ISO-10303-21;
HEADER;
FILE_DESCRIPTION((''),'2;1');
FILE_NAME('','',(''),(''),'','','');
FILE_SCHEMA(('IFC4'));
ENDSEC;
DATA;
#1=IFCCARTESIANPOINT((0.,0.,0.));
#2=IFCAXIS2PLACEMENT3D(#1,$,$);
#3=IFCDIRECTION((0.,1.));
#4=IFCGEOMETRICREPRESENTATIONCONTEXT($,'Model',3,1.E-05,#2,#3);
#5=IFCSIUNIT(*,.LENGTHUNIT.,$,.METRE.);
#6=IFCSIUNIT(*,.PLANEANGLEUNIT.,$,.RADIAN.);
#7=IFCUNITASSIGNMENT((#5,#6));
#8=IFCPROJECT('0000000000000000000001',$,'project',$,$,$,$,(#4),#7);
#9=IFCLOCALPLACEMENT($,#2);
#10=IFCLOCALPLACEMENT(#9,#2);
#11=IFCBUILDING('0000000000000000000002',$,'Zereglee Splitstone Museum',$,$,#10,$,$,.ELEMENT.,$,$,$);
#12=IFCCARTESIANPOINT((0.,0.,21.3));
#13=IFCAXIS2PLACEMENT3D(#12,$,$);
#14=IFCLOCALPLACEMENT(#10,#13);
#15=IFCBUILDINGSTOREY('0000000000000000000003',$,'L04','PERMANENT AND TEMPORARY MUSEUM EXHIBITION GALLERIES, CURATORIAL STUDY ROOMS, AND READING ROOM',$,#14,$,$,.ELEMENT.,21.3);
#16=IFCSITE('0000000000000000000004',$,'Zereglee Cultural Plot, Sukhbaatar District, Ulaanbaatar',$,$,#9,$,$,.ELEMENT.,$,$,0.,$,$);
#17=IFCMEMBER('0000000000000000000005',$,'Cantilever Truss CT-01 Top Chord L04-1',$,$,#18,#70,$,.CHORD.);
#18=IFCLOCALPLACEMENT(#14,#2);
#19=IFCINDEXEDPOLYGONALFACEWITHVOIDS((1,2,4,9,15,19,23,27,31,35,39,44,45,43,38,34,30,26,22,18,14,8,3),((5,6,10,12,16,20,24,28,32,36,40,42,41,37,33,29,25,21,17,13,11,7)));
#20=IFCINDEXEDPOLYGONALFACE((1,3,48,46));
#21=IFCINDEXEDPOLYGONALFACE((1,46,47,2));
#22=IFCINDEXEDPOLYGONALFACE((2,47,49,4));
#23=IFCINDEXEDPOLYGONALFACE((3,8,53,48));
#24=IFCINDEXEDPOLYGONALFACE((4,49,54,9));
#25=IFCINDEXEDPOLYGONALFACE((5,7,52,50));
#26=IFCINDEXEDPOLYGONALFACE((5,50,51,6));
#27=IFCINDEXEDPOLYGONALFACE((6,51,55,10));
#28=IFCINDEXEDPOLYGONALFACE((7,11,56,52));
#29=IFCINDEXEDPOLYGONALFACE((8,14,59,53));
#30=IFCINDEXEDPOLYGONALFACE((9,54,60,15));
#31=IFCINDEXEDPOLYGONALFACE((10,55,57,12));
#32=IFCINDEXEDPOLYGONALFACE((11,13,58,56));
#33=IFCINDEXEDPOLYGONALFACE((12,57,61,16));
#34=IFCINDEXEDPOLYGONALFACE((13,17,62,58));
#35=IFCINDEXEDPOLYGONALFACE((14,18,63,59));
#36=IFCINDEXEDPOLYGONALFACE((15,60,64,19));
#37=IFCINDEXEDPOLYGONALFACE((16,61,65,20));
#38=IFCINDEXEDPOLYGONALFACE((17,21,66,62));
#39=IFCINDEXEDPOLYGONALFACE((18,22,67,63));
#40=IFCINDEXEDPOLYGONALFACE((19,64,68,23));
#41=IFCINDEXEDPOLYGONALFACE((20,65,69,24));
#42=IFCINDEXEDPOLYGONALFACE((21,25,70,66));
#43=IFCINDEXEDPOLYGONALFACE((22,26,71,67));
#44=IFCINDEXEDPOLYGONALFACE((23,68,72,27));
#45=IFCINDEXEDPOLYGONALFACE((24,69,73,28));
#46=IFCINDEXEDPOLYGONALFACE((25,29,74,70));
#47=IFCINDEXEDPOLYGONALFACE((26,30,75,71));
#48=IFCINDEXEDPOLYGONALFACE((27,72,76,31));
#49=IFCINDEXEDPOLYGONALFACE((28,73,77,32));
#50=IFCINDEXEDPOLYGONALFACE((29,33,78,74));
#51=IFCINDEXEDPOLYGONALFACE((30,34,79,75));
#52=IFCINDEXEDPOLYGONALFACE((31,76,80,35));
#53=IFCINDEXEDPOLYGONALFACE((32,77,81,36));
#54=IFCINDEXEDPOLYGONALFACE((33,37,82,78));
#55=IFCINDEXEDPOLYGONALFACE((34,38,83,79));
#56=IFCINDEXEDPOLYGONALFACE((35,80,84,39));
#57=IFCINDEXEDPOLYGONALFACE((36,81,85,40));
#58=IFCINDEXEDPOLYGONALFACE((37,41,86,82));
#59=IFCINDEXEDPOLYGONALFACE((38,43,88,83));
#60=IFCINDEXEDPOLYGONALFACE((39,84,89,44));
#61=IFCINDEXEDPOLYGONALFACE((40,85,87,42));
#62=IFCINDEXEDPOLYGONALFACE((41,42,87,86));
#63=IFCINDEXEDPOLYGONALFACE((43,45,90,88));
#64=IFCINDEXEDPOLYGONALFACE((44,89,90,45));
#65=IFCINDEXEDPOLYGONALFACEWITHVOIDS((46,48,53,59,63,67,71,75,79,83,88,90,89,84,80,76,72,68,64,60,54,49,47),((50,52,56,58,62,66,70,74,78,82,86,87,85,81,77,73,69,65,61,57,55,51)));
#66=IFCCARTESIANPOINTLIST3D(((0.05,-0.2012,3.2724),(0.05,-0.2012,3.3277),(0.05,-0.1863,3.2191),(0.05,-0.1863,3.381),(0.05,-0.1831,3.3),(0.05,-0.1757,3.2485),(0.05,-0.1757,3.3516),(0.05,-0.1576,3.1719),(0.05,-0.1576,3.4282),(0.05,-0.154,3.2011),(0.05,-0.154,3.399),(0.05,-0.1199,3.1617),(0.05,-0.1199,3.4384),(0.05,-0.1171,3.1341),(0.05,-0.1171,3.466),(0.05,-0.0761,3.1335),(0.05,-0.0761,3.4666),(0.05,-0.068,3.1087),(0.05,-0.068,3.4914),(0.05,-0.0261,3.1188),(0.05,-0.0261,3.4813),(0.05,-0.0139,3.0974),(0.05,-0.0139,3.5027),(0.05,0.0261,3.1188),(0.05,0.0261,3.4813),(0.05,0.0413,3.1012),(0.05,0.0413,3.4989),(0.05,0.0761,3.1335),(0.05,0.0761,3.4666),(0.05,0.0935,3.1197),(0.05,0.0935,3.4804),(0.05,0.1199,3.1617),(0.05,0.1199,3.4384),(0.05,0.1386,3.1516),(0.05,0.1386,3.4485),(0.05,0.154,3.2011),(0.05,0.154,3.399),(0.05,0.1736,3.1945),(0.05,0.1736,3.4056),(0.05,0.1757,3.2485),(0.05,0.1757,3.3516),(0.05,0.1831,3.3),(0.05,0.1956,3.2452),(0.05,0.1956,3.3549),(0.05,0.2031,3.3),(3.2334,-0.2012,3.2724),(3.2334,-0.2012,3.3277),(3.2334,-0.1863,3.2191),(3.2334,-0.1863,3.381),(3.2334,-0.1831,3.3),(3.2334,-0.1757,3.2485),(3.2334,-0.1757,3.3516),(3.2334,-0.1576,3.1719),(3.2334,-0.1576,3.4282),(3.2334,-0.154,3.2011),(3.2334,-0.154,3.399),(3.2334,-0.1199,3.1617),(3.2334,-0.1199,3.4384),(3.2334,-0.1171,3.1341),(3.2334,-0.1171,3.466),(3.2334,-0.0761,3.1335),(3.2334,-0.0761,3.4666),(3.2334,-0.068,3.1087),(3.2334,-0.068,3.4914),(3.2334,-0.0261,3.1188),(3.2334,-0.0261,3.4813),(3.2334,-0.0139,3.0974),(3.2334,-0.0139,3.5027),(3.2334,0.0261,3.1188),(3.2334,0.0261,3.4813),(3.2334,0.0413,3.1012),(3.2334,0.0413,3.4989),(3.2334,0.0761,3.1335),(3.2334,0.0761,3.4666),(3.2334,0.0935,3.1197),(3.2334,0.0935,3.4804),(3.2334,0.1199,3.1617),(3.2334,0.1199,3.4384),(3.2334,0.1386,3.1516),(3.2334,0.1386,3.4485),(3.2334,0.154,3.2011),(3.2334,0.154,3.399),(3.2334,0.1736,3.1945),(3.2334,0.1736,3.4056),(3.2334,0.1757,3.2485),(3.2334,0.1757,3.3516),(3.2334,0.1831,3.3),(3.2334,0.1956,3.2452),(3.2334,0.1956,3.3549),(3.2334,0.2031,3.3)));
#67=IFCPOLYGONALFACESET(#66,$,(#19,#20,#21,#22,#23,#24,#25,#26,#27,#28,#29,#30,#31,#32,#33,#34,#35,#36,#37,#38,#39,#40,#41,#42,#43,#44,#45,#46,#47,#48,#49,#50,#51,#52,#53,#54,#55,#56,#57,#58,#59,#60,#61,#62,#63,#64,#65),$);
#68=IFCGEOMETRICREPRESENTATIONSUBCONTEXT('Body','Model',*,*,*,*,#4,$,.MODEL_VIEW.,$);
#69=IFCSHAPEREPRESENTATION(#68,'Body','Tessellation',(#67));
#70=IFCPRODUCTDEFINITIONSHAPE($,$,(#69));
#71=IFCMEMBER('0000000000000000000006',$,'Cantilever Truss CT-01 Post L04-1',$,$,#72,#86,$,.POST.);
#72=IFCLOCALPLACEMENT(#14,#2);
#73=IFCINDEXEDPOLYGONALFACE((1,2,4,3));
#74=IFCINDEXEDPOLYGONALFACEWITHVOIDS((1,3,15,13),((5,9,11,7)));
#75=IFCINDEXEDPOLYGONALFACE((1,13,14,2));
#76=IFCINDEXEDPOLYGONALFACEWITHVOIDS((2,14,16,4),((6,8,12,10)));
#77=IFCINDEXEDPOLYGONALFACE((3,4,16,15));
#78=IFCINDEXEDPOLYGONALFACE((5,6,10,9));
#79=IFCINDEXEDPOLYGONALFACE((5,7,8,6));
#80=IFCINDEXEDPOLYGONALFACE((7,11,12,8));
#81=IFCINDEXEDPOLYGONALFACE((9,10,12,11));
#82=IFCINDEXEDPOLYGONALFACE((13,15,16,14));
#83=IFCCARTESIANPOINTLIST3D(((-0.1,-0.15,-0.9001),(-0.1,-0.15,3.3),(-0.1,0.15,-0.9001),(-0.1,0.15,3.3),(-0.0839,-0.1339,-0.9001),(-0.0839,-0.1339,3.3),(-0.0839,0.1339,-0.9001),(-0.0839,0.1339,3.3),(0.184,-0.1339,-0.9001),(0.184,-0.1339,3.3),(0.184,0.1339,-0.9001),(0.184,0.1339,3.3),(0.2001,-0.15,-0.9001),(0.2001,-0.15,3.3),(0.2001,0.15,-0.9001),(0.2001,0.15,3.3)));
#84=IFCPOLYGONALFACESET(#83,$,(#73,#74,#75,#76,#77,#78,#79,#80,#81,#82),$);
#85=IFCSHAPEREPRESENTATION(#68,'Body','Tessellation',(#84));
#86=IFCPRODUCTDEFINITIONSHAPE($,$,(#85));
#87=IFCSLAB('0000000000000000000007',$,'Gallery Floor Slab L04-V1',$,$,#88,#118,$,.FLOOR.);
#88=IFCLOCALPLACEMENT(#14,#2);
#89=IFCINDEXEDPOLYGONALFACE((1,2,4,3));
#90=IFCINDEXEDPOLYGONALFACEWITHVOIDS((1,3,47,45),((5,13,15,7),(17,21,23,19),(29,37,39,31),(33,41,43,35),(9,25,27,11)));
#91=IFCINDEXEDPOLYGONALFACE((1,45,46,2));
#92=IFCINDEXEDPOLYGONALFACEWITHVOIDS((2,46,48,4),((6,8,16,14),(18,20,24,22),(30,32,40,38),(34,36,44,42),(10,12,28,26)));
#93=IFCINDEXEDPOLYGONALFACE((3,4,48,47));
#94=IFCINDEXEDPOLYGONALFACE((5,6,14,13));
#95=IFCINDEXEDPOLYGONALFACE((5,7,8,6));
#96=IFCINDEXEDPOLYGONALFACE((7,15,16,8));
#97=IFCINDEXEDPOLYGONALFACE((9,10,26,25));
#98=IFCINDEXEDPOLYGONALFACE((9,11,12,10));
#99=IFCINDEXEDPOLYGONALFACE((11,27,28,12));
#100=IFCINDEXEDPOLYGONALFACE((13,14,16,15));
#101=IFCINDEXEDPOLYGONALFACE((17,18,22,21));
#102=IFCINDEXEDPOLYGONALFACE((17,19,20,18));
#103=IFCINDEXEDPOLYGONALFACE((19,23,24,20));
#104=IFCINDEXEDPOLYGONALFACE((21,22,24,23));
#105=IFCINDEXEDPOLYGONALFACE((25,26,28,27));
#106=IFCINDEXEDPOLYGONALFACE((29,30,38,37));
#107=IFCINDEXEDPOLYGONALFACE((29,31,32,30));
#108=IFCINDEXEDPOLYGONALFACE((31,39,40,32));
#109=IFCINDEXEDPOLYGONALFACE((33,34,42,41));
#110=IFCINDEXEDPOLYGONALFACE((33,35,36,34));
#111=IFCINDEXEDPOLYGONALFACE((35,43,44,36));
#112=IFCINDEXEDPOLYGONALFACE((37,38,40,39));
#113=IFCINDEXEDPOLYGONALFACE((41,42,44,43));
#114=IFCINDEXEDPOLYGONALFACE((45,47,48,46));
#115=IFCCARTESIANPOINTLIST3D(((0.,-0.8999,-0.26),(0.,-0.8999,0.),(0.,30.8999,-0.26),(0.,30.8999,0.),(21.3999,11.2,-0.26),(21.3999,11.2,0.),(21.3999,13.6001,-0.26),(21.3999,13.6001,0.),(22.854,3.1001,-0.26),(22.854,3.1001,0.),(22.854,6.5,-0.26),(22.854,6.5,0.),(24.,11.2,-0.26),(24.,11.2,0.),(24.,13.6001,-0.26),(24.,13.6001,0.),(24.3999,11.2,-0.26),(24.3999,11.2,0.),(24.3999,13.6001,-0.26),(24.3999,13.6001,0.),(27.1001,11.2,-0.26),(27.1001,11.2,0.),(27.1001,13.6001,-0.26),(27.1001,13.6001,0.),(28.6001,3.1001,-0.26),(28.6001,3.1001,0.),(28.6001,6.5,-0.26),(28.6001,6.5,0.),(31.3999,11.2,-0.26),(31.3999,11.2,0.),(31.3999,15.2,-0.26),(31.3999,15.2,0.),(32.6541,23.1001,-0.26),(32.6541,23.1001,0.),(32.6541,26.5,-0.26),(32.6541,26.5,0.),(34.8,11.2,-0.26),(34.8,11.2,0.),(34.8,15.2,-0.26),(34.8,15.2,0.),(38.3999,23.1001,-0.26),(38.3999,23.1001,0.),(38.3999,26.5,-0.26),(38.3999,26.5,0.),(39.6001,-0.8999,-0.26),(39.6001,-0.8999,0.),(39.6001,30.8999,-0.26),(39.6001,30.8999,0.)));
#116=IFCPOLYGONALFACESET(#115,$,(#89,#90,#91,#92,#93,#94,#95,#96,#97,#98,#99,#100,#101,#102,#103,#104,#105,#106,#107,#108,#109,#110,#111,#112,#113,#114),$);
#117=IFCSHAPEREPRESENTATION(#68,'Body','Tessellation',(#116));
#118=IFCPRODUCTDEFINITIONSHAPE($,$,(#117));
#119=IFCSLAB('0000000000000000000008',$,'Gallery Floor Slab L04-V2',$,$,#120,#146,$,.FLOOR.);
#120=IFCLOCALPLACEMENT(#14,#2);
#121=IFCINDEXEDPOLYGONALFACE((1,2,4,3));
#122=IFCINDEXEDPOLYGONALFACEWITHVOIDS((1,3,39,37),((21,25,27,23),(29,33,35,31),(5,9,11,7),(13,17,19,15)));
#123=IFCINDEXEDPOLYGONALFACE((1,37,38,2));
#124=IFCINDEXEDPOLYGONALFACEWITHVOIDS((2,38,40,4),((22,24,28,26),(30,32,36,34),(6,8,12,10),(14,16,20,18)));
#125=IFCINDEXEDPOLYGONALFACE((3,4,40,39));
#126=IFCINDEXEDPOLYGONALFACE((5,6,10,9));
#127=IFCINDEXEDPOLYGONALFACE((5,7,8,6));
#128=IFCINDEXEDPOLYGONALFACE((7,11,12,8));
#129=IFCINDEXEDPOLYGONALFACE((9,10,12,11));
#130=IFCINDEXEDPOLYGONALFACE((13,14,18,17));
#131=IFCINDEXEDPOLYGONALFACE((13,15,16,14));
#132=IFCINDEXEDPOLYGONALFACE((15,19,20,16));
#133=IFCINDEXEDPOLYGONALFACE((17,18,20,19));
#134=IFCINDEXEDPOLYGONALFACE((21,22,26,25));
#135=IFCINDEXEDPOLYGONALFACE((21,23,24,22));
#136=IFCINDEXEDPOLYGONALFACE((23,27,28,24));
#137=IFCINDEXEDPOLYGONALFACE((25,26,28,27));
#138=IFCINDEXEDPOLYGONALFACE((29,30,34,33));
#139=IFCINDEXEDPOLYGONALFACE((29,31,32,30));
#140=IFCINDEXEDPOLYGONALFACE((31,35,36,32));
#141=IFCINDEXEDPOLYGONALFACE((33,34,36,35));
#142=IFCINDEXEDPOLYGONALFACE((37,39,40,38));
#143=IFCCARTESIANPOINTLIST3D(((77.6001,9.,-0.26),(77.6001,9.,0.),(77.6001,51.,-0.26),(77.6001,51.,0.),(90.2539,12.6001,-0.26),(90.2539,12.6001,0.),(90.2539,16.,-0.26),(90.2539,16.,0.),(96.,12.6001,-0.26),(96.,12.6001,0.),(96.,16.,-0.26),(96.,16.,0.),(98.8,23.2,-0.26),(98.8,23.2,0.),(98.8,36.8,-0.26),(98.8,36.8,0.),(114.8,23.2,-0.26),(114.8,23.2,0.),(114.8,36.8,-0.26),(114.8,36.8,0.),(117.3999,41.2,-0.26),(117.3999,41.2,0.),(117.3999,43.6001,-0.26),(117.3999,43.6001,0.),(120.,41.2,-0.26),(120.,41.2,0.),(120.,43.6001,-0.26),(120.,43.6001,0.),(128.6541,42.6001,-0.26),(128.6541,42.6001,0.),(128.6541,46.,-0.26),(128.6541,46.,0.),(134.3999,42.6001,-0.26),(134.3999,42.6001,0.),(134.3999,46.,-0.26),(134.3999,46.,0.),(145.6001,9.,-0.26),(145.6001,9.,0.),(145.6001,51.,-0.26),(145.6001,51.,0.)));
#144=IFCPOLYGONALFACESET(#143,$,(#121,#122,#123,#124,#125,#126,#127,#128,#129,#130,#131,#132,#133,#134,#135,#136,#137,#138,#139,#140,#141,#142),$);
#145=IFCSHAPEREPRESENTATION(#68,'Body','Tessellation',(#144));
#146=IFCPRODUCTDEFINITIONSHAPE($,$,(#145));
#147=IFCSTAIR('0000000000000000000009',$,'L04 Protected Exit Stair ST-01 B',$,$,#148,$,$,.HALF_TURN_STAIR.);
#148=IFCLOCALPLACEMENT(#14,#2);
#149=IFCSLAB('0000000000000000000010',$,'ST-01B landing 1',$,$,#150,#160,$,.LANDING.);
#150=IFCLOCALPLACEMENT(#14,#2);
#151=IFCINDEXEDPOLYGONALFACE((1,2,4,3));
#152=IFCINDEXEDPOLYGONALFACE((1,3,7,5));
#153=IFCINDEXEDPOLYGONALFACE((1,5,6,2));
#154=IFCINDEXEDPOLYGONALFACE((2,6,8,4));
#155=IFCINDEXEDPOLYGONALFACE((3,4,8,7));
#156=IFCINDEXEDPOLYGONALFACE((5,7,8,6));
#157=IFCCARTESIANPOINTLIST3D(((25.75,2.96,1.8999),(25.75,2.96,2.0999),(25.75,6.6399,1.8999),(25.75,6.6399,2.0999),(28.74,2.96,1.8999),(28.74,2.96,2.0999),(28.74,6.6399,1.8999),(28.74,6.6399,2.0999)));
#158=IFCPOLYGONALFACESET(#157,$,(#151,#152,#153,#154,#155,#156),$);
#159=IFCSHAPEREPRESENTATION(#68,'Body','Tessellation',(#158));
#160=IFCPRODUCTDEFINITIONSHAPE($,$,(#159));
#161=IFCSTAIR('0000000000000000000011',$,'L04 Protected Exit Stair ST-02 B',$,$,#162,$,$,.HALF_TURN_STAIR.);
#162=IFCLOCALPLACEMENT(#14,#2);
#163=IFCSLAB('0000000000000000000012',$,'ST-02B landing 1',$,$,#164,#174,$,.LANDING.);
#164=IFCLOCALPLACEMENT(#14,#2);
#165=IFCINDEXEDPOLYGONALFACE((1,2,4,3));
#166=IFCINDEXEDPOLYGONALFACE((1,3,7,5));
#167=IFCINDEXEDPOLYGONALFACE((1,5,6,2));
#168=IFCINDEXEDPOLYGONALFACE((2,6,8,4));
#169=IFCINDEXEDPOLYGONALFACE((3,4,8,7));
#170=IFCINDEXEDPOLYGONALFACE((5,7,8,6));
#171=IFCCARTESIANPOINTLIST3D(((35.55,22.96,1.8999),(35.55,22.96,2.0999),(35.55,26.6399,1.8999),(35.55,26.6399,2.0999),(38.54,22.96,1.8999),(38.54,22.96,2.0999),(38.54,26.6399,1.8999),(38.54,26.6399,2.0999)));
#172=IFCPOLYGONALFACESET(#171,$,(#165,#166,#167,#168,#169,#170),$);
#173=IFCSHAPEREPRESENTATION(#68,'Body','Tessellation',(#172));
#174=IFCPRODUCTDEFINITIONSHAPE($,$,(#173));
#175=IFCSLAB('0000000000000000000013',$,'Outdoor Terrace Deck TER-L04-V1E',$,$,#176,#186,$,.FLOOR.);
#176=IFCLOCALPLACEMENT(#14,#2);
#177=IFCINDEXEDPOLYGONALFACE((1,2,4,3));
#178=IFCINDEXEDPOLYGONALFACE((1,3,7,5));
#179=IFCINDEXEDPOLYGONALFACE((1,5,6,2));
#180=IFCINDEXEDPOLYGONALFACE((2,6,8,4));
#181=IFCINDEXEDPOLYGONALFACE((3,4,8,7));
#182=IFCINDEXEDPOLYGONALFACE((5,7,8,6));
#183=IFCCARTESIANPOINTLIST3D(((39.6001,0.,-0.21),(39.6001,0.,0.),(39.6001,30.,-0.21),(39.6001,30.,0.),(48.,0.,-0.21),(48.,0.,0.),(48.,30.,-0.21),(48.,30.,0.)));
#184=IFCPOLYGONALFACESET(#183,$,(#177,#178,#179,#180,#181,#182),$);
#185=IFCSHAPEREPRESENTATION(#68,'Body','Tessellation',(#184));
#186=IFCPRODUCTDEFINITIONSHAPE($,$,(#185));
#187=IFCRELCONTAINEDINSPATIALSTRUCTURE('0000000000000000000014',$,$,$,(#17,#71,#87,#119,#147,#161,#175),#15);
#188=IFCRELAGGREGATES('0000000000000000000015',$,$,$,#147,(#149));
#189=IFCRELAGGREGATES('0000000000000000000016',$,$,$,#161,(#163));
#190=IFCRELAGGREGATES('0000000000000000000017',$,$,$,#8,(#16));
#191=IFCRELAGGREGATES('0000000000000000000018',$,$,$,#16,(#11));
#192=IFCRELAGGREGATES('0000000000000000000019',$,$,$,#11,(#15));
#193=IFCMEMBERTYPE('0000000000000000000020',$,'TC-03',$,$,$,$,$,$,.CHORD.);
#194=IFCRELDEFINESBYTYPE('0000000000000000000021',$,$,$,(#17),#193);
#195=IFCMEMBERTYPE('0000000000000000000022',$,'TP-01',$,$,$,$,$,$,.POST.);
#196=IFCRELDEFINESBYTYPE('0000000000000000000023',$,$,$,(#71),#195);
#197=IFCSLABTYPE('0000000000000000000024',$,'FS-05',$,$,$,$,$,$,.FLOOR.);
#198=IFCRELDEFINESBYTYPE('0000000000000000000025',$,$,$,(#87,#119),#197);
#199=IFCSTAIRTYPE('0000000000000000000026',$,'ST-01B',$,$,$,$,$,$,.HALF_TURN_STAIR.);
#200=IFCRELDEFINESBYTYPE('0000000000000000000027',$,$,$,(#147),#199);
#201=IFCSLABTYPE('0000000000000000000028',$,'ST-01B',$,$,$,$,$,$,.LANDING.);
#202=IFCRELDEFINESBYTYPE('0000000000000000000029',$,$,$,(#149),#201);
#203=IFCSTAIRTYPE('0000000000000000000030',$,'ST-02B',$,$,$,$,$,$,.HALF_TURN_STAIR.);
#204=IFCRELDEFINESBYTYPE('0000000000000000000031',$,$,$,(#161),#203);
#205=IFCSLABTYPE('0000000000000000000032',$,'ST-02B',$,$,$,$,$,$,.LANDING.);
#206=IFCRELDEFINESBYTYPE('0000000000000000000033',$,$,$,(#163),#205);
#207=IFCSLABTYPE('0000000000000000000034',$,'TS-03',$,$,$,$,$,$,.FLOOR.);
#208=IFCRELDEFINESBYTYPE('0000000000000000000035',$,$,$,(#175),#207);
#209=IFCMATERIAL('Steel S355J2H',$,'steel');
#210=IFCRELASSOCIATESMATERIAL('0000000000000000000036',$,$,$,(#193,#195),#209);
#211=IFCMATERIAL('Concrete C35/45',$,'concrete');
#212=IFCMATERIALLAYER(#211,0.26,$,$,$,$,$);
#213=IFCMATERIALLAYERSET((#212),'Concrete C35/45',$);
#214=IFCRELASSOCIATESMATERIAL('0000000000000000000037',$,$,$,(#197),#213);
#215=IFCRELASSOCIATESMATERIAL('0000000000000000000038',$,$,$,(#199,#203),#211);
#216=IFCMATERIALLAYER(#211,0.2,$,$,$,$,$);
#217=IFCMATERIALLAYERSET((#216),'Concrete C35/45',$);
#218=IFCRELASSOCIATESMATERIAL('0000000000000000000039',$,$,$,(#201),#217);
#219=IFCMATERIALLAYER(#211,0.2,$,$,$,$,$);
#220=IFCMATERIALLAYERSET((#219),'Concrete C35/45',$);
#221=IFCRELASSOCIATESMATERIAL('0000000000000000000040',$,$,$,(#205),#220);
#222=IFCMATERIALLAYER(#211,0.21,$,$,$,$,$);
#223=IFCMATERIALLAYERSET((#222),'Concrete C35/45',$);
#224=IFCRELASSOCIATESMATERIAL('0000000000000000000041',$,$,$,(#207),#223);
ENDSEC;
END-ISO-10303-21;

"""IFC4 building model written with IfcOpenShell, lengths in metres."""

from ifc_helpers import new_model, si_unit, direction, frame, origin, origin_2d, place, context, subcontext, project, spatial, polyline, hollow_rectangle, hollow_circle, outline, extrude, material, layer, layer_set, material_profile, profile_set, type_object, element, aggregate, save


model = new_model("IFC4")

# Units and contexts
model_context = context("Model", 3, precision=1e-05, world=origin(), true_north=direction((0.0, 1.0)))
body_context = subcontext(model_context, "Body", "Model", "MODEL_VIEW")
ifc_project = project(units=[si_unit("LENGTHUNIT", "METRE"), si_unit("PLANEANGLEUNIT", "RADIAN")], contexts=[model_context])

# Site, building, storey
site_placement = place(None, origin())
site = spatial("IfcSite", under=ifc_project, at=site_placement, Name="Zereglee Cultural Plot, Sukhbaatar District, Ulaanbaatar", CompositionType="ELEMENT", RefElevation=0.0)
building_placement = place(site_placement, origin())
building = spatial("IfcBuilding", under=site, at=building_placement, Name="Zereglee Splitstone Museum", CompositionType="ELEMENT")
storey_placement = place(building_placement, frame((0.0, 0.0, 21.3)))
storey = spatial("IfcBuildingStorey", under=building, at=storey_placement, Name="L04", Description="PERMANENT AND TEMPORARY MUSEUM EXHIBITION GALLERIES, CURATORIAL STUDY ROOMS, AND READING ROOM", CompositionType="ELEMENT", Elevation=21.3)

# Members
ifc_material_1 = material(Name="Steel S355J2H", Category="steel")
ifc_material_profile_1 = material_profile(ifc_material_1, hollow_circle(Radius=0.2031, WallThickness=0.02, at=origin_2d()), Name="CHS 406.4x20")
ifc_profile_set_1 = profile_set([ifc_material_profile_1], Name="Steel S355J2H")
member_type_1 = type_object("IfcMemberType", Name="TC-03", PredefinedType="CHORD", material=ifc_profile_set_1)
member_1_placement = place(storey_placement, frame((0.05, 0.0, 3.3), z_axis=(1.0, 0.0, 0.0), x_axis=(0.0, 1.0, 0.0)))
element("IfcMember", 1, at=member_1_placement, inside=storey, type_object=member_type_1, Name="Cantilever Truss CT-01 Top Chord L04-1", PredefinedType="CHORD", context=body_context, shape_type="SweptSolid", body=[
    extrude(hollow_circle(Radius=0.2031, WallThickness=0.02, at=origin_2d()), origin(), (0.0, 0.0, 1.0), 3.1833),
])
ifc_material_profile_2 = material_profile(ifc_material_1, hollow_rectangle(XDim=0.3, YDim=0.3, WallThickness=0.0161, at=origin_2d()), Name="SHS 300x300x16")
ifc_profile_set_2 = profile_set([ifc_material_profile_2], Name="Steel S355J2H")
member_type_2 = type_object("IfcMemberType", Name="TP-01", PredefinedType="POST", material=ifc_profile_set_2)
member_2_placement = place(storey_placement, frame((0.05, 0.0, -0.9001), z_axis=(0.0, 0.0, 1.0), x_axis=(1.0, 0.0, 0.0)))
element("IfcMember", 2, at=member_2_placement, inside=storey, type_object=member_type_2, Name="Cantilever Truss CT-01 Post L04-1", PredefinedType="POST", context=body_context, shape_type="SweptSolid", body=[
    extrude(hollow_rectangle(XDim=0.3, YDim=0.3, WallThickness=0.0161, at=origin_2d()), origin(), (0.0, 0.0, 1.0), 4.2002),
])

# Slabs
ifc_material_2 = material(Name="Concrete C35/45", Category="concrete")
ifc_layer_1 = layer(ifc_material_2, 0.26)
ifc_layer_set_1 = layer_set([ifc_layer_1], Name="Concrete C35/45")
slab_type_1 = type_object("IfcSlabType", Name="FS-05", PredefinedType="FLOOR", material=ifc_layer_set_1)
slab_1_placement = place(storey_placement, frame((0.0, 0.0, -0.26)))
element("IfcSlab", 3, at=slab_1_placement, inside=storey, type_object=slab_type_1, Name="Gallery Floor Slab L04-V1", PredefinedType="FLOOR", context=body_context, shape_type="SweptSolid", body=[
    extrude(outline(polyline([(0.0, -0.8999), (39.6001, -0.8999), (39.6001, 30.8999), (0.0, 30.8999), (0.0, -0.8999)]), holes=[polyline([(22.854, 3.1001), (28.6001, 3.1001), (28.6001, 6.5), (22.854, 6.5), (22.854, 3.1001)]), polyline([(32.6541, 23.1001), (38.3999, 23.1001), (38.3999, 26.5), (32.6541, 26.5), (32.6541, 23.1001)]), polyline([(21.3999, 11.2), (24.0, 11.2), (24.0, 13.6001), (21.3999, 13.6001), (21.3999, 11.2)]), polyline([(24.3999, 11.2), (27.1001, 11.2), (27.1001, 13.6001), (24.3999, 13.6001), (24.3999, 11.2)]), polyline([(31.3999, 11.2), (34.8, 11.2), (34.8, 15.2), (31.3999, 15.2), (31.3999, 11.2)])]), origin(), (0.0, 0.0, 1.0), 0.26),
])
slab_2_placement = place(storey_placement, frame((0.0, 0.0, -0.26)))
element("IfcSlab", 4, at=slab_2_placement, inside=storey, type_object=slab_type_1, Name="Gallery Floor Slab L04-V2", PredefinedType="FLOOR", context=body_context, shape_type="SweptSolid", body=[
    extrude(outline(polyline([(77.6001, 9.0), (145.6001, 9.0), (145.6001, 51.0), (77.6001, 51.0), (77.6001, 9.0)]), holes=[polyline([(98.8, 23.2), (114.8, 23.2), (114.8, 36.8), (98.8, 36.8), (98.8, 23.2)]), polyline([(128.6541, 42.6001), (134.3999, 42.6001), (134.3999, 46.0), (128.6541, 46.0), (128.6541, 42.6001)]), polyline([(90.2539, 12.6001), (96.0, 12.6001), (96.0, 16.0), (90.2539, 16.0), (90.2539, 12.6001)]), polyline([(117.3999, 41.2), (120.0, 41.2), (120.0, 43.6001), (117.3999, 43.6001), (117.3999, 41.2)])]), origin(), (0.0, 0.0, 1.0), 0.26),
])

# Stairs, slabs
stair_type_1 = type_object("IfcStairType", Name="ST-01B", PredefinedType="HALF_TURN_STAIR", material=ifc_material_2)
stair_1_placement = place(storey_placement, origin())
stair_1 = element("IfcStair", 5, at=stair_1_placement, inside=storey, type_object=stair_type_1, Name="L04 Protected Exit Stair ST-01 B", PredefinedType="HALF_TURN_STAIR")
ifc_layer_2 = layer(ifc_material_2, 0.2)
ifc_layer_set_2 = layer_set([ifc_layer_2], Name="Concrete C35/45")
slab_type_2 = type_object("IfcSlabType", Name="ST-01B", PredefinedType="LANDING", material=ifc_layer_set_2)
slab_3_placement = place(storey_placement, frame((0.0, 0.0, 1.8999)))
slab_3 = element("IfcSlab", 6, at=slab_3_placement, type_object=slab_type_2, Name="ST-01B landing 1", PredefinedType="LANDING", context=body_context, shape_type="SweptSolid", body=[
    extrude(outline(polyline([(25.75, 2.96), (28.74, 2.96), (28.74, 6.6399), (25.75, 6.6399), (25.75, 2.96)])), origin(), (0.0, 0.0, 1.0), 0.2),
])
aggregate(stair_1, [slab_3])
stair_type_2 = type_object("IfcStairType", Name="ST-02B", PredefinedType="HALF_TURN_STAIR", material=ifc_material_2)
stair_2_placement = place(storey_placement, origin())
stair_2 = element("IfcStair", 7, at=stair_2_placement, inside=storey, type_object=stair_type_2, Name="L04 Protected Exit Stair ST-02 B", PredefinedType="HALF_TURN_STAIR")
ifc_layer_3 = layer(ifc_material_2, 0.2)
ifc_layer_set_3 = layer_set([ifc_layer_3], Name="Concrete C35/45")
slab_type_3 = type_object("IfcSlabType", Name="ST-02B", PredefinedType="LANDING", material=ifc_layer_set_3)
slab_4_placement = place(storey_placement, frame((0.0, 0.0, 1.8999)))
slab_4 = element("IfcSlab", 8, at=slab_4_placement, type_object=slab_type_3, Name="ST-02B landing 1", PredefinedType="LANDING", context=body_context, shape_type="SweptSolid", body=[
    extrude(outline(polyline([(35.55, 22.96), (38.54, 22.96), (38.54, 26.6399), (35.55, 26.6399), (35.55, 22.96)])), origin(), (0.0, 0.0, 1.0), 0.2),
])
aggregate(stair_2, [slab_4])

# Slab
ifc_layer_4 = layer(ifc_material_2, 0.21)
ifc_layer_set_4 = layer_set([ifc_layer_4], Name="Concrete C35/45")
slab_type_4 = type_object("IfcSlabType", Name="TS-03", PredefinedType="FLOOR", material=ifc_layer_set_4)
slab_5_placement = place(storey_placement, frame((0.0, 0.0, -0.21)))
element("IfcSlab", 9, at=slab_5_placement, inside=storey, type_object=slab_type_4, Name="Outdoor Terrace Deck TER-L04-V1E", PredefinedType="FLOOR", context=body_context, shape_type="SweptSolid", body=[
    extrude(outline(polyline([(39.6001, 0.0), (48.0, 0.0), (48.0, 30.0), (39.6001, 30.0), (39.6001, 0.0)])), origin(), (0.0, 0.0, 1.0), 0.21),
])

save(model, "model.ifc")
